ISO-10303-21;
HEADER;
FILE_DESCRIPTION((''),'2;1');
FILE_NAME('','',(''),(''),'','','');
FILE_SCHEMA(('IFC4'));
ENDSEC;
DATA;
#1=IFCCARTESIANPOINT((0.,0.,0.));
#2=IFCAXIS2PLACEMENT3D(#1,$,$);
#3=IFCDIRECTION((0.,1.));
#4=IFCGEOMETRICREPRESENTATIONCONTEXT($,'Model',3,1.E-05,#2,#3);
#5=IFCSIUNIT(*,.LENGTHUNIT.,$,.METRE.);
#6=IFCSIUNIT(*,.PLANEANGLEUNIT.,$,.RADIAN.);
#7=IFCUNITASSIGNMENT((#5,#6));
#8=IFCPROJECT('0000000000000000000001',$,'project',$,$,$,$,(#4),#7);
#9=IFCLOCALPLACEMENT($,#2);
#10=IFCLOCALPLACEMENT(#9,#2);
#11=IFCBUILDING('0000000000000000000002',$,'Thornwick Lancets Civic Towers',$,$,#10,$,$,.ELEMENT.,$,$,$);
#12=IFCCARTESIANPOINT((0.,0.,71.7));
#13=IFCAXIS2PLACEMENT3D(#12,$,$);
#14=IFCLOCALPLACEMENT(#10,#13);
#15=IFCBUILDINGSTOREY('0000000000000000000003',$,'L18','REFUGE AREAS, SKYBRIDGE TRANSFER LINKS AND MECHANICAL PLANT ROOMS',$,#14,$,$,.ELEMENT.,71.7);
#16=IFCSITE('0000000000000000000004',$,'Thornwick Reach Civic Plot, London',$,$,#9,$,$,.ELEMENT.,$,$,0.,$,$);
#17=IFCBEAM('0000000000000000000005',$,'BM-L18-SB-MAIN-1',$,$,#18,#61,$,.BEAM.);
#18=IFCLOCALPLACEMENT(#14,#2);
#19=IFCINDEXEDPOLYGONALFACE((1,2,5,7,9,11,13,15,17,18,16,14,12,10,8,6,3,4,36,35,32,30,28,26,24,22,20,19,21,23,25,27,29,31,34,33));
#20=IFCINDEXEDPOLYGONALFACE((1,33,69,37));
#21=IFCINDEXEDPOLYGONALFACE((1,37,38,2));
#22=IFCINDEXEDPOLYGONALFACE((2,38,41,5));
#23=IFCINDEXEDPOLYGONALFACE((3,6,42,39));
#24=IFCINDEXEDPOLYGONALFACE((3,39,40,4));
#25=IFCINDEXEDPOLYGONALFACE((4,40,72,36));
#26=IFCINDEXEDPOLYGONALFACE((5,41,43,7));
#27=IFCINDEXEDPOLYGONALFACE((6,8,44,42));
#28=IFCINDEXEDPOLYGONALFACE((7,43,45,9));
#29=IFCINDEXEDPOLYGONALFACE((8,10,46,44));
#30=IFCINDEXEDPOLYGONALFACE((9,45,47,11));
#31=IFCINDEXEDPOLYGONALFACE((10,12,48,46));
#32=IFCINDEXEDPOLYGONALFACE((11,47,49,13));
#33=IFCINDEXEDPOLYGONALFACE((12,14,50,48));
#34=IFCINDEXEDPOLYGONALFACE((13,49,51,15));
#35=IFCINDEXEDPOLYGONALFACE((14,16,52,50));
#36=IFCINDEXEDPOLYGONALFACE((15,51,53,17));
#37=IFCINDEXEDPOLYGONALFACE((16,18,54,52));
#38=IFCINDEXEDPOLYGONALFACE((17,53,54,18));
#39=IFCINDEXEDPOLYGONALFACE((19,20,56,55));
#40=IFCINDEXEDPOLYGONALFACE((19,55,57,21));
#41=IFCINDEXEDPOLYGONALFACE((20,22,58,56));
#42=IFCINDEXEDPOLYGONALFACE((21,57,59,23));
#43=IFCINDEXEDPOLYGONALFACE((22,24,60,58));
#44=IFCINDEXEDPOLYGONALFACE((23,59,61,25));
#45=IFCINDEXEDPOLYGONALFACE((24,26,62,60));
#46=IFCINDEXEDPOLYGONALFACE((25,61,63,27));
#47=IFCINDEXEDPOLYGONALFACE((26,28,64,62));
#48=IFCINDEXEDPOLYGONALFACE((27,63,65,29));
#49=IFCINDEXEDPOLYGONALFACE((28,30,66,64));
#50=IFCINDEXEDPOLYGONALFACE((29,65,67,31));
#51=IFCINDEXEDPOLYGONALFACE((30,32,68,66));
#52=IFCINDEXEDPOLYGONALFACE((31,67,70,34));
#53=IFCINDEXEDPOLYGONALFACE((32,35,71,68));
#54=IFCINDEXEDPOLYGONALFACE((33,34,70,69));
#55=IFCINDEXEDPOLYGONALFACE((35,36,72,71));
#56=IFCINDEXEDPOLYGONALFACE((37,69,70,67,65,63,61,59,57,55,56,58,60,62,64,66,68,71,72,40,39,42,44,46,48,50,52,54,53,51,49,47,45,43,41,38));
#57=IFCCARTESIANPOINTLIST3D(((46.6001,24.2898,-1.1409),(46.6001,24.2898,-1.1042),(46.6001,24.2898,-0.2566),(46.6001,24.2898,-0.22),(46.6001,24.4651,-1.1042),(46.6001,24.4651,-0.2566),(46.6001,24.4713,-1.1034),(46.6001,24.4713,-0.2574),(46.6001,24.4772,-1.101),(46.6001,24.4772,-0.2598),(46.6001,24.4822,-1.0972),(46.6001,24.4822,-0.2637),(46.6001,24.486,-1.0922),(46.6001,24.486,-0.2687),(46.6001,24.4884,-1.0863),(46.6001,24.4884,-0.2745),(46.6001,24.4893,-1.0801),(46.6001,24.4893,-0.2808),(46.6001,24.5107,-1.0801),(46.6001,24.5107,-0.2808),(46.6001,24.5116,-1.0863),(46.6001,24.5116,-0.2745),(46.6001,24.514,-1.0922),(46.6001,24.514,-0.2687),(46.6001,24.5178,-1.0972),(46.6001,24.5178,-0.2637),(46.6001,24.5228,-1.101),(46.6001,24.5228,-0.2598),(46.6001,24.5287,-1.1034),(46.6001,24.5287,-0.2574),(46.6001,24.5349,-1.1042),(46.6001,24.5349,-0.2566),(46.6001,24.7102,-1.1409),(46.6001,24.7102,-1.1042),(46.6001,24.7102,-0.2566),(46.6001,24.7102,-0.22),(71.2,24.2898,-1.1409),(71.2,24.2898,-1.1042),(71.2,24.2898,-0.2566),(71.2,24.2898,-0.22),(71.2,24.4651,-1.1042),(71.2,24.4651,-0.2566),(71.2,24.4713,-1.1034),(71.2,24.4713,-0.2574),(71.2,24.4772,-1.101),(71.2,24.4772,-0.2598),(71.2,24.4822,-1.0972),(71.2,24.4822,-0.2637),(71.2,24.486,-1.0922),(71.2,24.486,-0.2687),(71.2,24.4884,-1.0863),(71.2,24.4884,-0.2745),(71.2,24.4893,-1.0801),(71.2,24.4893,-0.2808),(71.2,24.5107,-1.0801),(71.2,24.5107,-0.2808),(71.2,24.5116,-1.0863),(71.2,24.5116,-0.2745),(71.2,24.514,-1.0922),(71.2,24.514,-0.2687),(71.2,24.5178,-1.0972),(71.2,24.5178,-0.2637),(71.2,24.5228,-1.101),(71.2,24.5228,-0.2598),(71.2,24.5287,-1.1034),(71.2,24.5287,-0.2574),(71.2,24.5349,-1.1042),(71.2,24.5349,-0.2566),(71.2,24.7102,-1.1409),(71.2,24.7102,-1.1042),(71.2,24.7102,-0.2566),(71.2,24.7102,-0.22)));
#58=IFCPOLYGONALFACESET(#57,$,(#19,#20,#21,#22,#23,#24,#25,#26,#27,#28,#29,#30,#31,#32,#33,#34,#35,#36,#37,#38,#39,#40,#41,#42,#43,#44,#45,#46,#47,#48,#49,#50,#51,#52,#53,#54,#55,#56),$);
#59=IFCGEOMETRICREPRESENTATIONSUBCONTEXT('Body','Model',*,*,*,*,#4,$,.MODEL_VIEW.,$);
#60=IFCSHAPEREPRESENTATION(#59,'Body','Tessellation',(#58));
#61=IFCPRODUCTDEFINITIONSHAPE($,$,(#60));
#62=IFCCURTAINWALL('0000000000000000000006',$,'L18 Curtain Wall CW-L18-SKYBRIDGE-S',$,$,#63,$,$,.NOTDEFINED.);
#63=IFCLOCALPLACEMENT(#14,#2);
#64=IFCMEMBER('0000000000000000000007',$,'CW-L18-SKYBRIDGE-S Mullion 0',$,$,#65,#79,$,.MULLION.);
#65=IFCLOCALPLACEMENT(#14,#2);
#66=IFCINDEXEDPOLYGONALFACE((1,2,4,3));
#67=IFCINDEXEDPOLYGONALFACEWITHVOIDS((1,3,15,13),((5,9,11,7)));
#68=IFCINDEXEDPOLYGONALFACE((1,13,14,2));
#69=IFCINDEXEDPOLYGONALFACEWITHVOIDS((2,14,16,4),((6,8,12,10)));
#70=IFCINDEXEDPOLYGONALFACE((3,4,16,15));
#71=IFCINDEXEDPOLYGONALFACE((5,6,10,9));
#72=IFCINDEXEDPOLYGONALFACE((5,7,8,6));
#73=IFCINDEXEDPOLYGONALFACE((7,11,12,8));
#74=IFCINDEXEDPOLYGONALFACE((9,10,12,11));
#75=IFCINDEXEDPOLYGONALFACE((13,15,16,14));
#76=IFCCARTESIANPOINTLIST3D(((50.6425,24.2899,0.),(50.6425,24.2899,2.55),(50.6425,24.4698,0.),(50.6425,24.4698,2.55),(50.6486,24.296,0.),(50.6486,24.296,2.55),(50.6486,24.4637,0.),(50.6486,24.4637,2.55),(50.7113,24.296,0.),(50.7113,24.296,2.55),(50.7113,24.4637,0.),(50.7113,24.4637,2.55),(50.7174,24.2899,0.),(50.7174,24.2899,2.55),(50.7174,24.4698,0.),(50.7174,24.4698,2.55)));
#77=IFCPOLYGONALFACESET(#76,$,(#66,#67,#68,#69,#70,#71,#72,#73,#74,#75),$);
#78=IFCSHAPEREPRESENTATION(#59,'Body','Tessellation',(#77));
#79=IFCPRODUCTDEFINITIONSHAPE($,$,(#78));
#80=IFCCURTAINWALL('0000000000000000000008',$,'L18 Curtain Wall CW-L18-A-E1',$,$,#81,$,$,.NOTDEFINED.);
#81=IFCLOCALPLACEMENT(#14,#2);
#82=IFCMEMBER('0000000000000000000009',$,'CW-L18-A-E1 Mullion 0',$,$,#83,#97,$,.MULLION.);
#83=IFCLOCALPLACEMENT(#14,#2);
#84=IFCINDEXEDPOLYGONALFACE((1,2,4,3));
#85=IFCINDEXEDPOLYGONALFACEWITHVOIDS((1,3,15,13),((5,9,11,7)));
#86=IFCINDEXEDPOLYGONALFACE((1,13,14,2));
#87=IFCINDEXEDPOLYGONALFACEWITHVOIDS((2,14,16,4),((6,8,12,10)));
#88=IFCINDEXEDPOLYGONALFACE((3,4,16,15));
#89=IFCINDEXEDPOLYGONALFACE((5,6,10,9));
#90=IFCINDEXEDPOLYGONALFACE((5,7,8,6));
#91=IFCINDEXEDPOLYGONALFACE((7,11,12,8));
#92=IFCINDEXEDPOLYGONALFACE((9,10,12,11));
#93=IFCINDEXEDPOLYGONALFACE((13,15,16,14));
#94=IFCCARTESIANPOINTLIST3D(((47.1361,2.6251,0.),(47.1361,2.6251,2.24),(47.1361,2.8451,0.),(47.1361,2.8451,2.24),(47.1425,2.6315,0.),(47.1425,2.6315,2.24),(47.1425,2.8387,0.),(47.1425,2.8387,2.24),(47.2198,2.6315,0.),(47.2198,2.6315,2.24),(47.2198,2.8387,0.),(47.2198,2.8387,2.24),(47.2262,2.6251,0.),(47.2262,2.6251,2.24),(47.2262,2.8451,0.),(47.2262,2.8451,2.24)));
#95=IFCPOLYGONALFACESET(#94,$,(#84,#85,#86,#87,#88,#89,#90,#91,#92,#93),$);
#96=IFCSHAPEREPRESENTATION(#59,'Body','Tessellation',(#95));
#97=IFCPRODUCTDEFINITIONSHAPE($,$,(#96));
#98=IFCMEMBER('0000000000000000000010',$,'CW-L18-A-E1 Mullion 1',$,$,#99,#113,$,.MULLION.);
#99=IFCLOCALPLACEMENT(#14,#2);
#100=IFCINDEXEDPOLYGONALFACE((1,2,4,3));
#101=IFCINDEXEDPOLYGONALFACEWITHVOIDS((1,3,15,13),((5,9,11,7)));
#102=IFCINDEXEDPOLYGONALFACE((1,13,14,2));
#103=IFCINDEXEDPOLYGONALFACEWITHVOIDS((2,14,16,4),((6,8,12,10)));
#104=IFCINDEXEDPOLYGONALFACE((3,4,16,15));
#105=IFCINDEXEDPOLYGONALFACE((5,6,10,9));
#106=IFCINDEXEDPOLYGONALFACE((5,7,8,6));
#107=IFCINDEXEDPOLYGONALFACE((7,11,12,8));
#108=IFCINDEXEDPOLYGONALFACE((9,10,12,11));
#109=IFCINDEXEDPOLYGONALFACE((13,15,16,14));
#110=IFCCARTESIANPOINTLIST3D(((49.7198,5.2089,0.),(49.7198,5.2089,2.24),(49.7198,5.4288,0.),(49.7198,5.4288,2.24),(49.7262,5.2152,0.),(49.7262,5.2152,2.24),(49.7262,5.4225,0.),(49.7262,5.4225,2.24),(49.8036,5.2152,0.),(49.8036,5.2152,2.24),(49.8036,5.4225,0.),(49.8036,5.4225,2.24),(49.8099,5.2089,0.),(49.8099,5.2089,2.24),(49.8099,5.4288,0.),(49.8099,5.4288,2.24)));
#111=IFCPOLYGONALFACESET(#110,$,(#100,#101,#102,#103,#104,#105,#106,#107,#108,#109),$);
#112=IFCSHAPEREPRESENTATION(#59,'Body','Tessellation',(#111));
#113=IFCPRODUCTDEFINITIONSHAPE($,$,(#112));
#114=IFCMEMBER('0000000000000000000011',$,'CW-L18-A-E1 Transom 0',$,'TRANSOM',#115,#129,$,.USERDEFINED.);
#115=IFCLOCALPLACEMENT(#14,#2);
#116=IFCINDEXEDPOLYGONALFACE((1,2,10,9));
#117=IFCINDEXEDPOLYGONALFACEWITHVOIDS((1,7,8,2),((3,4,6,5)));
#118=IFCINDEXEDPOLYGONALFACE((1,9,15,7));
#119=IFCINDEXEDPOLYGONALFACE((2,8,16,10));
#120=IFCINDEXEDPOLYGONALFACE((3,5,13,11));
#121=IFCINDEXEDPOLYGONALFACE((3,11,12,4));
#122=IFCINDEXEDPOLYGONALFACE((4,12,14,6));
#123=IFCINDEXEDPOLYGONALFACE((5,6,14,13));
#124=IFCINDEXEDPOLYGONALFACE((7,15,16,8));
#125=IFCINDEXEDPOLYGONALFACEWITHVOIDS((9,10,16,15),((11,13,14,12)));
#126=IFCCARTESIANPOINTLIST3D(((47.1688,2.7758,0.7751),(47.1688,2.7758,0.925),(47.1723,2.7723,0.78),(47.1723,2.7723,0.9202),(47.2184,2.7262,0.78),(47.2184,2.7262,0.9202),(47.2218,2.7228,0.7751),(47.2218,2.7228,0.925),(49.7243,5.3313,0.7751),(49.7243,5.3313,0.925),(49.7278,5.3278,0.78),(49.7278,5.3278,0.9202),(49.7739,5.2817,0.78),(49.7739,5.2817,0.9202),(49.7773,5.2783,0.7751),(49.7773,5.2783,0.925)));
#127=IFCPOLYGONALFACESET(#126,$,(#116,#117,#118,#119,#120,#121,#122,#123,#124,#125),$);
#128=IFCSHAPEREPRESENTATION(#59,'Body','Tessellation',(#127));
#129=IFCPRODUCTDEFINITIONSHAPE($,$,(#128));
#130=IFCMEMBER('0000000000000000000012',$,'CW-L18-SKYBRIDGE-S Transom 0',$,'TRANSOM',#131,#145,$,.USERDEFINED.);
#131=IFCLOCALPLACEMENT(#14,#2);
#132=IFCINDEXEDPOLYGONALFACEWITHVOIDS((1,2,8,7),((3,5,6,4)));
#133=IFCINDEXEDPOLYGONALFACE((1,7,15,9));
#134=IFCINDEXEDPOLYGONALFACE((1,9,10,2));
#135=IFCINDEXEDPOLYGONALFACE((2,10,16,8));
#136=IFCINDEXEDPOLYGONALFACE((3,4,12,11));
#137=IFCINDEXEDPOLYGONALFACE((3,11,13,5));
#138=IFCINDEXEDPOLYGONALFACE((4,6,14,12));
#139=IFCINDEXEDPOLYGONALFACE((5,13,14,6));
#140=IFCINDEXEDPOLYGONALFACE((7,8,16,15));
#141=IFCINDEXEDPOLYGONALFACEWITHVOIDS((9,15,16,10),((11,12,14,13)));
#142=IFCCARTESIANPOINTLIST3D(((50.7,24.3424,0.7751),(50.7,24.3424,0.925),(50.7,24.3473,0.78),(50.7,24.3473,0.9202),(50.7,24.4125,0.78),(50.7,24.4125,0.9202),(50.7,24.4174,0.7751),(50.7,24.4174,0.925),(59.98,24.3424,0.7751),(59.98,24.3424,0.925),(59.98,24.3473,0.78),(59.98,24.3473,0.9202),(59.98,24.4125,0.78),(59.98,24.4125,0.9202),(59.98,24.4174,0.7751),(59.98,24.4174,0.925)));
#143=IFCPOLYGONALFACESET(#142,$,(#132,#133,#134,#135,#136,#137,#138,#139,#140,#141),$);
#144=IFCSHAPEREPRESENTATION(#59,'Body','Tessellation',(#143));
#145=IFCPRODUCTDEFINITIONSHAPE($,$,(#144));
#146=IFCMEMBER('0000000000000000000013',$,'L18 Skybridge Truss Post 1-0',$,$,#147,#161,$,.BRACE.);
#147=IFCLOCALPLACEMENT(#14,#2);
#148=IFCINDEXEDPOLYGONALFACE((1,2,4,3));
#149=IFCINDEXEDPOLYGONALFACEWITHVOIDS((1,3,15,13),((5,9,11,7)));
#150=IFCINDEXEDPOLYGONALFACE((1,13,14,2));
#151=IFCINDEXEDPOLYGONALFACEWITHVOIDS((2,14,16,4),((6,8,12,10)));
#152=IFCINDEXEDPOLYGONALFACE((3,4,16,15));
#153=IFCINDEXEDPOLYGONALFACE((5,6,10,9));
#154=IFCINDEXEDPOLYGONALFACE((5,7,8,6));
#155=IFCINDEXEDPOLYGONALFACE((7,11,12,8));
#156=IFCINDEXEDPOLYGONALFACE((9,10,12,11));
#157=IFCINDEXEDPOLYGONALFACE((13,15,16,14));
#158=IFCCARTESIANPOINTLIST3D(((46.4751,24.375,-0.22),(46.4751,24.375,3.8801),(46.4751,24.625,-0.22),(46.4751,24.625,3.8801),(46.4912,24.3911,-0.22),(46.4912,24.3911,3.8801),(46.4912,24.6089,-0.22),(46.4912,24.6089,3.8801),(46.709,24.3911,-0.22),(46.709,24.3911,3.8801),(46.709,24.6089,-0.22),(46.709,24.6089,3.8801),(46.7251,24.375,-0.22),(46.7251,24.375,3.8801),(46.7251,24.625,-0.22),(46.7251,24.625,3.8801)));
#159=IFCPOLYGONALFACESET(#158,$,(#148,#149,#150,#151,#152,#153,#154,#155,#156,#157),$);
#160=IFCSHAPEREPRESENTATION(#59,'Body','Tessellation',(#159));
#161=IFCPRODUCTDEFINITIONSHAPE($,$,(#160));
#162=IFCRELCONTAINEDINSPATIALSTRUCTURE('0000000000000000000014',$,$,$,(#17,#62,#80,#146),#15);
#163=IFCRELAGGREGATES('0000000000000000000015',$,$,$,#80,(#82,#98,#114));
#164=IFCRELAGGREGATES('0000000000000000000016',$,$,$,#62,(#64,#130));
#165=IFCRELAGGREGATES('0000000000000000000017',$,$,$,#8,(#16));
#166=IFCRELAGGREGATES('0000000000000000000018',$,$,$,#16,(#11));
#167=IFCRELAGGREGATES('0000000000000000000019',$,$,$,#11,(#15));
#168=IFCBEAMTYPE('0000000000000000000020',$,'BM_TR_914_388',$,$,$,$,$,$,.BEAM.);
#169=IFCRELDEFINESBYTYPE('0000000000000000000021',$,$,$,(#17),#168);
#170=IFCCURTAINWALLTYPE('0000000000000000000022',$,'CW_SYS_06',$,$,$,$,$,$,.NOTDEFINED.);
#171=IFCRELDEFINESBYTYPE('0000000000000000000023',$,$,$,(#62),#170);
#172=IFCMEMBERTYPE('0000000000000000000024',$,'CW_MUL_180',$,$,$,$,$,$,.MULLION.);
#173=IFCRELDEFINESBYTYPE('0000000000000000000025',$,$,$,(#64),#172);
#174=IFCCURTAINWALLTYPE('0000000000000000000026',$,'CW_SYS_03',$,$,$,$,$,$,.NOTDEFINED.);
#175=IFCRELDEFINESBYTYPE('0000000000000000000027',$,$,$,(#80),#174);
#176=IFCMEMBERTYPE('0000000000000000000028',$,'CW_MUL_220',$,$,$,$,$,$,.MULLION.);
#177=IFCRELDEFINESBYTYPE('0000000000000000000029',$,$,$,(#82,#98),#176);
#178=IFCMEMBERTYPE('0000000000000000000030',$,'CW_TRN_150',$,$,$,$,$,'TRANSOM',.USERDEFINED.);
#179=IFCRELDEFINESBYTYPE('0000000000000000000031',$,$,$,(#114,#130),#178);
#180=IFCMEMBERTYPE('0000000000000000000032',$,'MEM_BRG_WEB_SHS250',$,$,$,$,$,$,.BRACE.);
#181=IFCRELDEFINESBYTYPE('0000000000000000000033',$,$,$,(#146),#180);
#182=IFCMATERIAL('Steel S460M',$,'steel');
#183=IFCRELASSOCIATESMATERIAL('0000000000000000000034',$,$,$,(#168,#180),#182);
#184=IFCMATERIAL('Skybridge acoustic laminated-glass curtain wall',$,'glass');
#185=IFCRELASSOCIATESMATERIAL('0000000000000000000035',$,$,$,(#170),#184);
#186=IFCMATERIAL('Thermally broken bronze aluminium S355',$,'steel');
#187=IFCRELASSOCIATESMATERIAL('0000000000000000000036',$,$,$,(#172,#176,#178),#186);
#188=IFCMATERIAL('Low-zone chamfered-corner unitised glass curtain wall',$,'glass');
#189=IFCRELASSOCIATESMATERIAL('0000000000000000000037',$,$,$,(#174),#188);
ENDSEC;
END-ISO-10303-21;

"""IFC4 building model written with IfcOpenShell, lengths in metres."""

from ifc_helpers import new_model, si_unit, direction, frame, origin, origin_2d, place, context, subcontext, project, spatial, hollow_rectangle, i_section, extrude, material, material_profile, profile_set, type_object, element, aggregate, save


model = new_model("IFC4")

# Units and contexts
model_context = context("Model", 3, precision=1e-05, world=origin(), true_north=direction((0.0, 1.0)))
body_context = subcontext(model_context, "Body", "Model", "MODEL_VIEW")
ifc_project = project(units=[si_unit("LENGTHUNIT", "METRE"), si_unit("PLANEANGLEUNIT", "RADIAN")], contexts=[model_context])

# Site, building, storey
site_placement = place(None, origin())
site = spatial("IfcSite", under=ifc_project, at=site_placement, Name="Thornwick Reach Civic Plot, London", CompositionType="ELEMENT", RefElevation=0.0)
building_placement = place(site_placement, origin())
building = spatial("IfcBuilding", under=site, at=building_placement, Name="Thornwick Lancets Civic Towers", CompositionType="ELEMENT")
storey_placement = place(building_placement, frame((0.0, 0.0, 71.7)))
storey = spatial("IfcBuildingStorey", under=building, at=storey_placement, Name="L18", Description="REFUGE AREAS, SKYBRIDGE TRANSFER LINKS AND MECHANICAL PLANT ROOMS", CompositionType="ELEMENT", Elevation=71.7)

# Shared definitions
ifc_material_1 = material(Name="Steel S460M", Category="steel")

# Beam
ifc_material_profile_1 = material_profile(ifc_material_1, i_section(OverallWidth=0.4204, OverallDepth=0.9209, WebThickness=0.0215, FlangeThickness=0.0366, FilletRadius=0.0242, at=origin_2d()), Name="UKB 914x419x388")
ifc_profile_set_1 = profile_set([ifc_material_profile_1], Name="Steel S460M")
beam_type_1 = type_object("IfcBeamType", Name="BM_TR_914_388", PredefinedType="BEAM", material=ifc_profile_set_1)
beam_1_placement = place(storey_placement, frame((46.6001, 24.5, -0.6804), z_axis=(1.0, 0.0, 0.0), x_axis=(0.0, 1.0, 0.0)))
element("IfcBeam", 1, at=beam_1_placement, inside=storey, type_object=beam_type_1, Name="BM-L18-SB-MAIN-1", PredefinedType="BEAM", context=body_context, shape_type="SweptSolid", body=[
    extrude(i_section(OverallWidth=0.4204, OverallDepth=0.9209, WebThickness=0.0215, FlangeThickness=0.0366, FilletRadius=0.0242, at=origin_2d()), origin(), (0.0, 0.0, 1.0), 24.5999),
])

# Curtain wall, member
ifc_material_2 = material(Name="Skybridge acoustic laminated-glass curtain wall", Category="glass")
curtain_wall_type_1 = type_object("IfcCurtainWallType", Name="CW_SYS_06", PredefinedType="NOTDEFINED", material=ifc_material_2)
curtain_wall_1_placement = place(storey_placement, origin())
curtain_wall_1 = element("IfcCurtainWall", 2, at=curtain_wall_1_placement, inside=storey, type_object=curtain_wall_type_1, Name="L18 Curtain Wall CW-L18-SKYBRIDGE-S", PredefinedType="NOTDEFINED")
ifc_material_3 = material(Name="Thermally broken bronze aluminium S355", Category="steel")
ifc_material_profile_2 = material_profile(ifc_material_3, hollow_rectangle(XDim=0.075, YDim=0.1799, WallThickness=0.0061, at=origin_2d()), Name="RHS 180x75x6")
ifc_profile_set_2 = profile_set([ifc_material_profile_2], Name="Thermally broken bronze aluminium S355")
member_type_1 = type_object("IfcMemberType", Name="CW_MUL_180", PredefinedType="MULLION", material=ifc_profile_set_2)
member_1_placement = place(storey_placement, frame((50.6799, 24.3799, 0.0), z_axis=(0.0, 0.0, 1.0), x_axis=(1.0, 0.0, 0.0)))
member_1 = element("IfcMember", 3, at=member_1_placement, type_object=member_type_1, Name="CW-L18-SKYBRIDGE-S Mullion 0", PredefinedType="MULLION", context=body_context, shape_type="SweptSolid", body=[
    extrude(hollow_rectangle(XDim=0.075, YDim=0.1799, WallThickness=0.0061, at=origin_2d()), origin(), (0.0, 0.0, 1.0), 2.55),
])

# Curtain wall, members
ifc_material_4 = material(Name="Low-zone chamfered-corner unitised glass curtain wall", Category="glass")
curtain_wall_type_2 = type_object("IfcCurtainWallType", Name="CW_SYS_03", PredefinedType="NOTDEFINED", material=ifc_material_4)
curtain_wall_2_placement = place(storey_placement, origin())
curtain_wall_2 = element("IfcCurtainWall", 4, at=curtain_wall_2_placement, inside=storey, type_object=curtain_wall_type_2, Name="L18 Curtain Wall CW-L18-A-E1", PredefinedType="NOTDEFINED")
ifc_material_profile_3 = material_profile(ifc_material_3, hollow_rectangle(XDim=0.0901, YDim=0.22, WallThickness=0.0063, at=origin_2d()), Name="RHS 220x90x6.3")
ifc_profile_set_3 = profile_set([ifc_material_profile_3], Name="Thermally broken bronze aluminium S355")
member_type_2 = type_object("IfcMemberType", Name="CW_MUL_220", PredefinedType="MULLION", material=ifc_profile_set_3)
member_2_placement = place(storey_placement, frame((47.1812, 2.7351, 0.0), z_axis=(0.0, 0.0, 1.0), x_axis=(1.0, 0.0, 0.0)))
member_2 = element("IfcMember", 5, at=member_2_placement, type_object=member_type_2, Name="CW-L18-A-E1 Mullion 0", PredefinedType="MULLION", context=body_context, shape_type="SweptSolid", body=[
    extrude(hollow_rectangle(XDim=0.0901, YDim=0.22, WallThickness=0.0063, at=origin_2d()), origin(), (0.0, 0.0, 1.0), 2.24),
])
member_3_placement = place(storey_placement, frame((49.7649, 5.3188, 0.0), z_axis=(0.0, 0.0, 1.0), x_axis=(1.0, 0.0, 0.0)))
member_3 = element("IfcMember", 6, at=member_3_placement, type_object=member_type_2, Name="CW-L18-A-E1 Mullion 1", PredefinedType="MULLION", context=body_context, shape_type="SweptSolid", body=[
    extrude(hollow_rectangle(XDim=0.0901, YDim=0.22, WallThickness=0.0063, at=origin_2d()), origin(), (0.0, 0.0, 1.0), 2.24),
])
ifc_material_profile_4 = material_profile(ifc_material_3, hollow_rectangle(XDim=0.075, YDim=0.1499, WallThickness=0.0049, at=origin_2d()), Name="RHS 150x75x5")
ifc_profile_set_4 = profile_set([ifc_material_profile_4], Name="Thermally broken bronze aluminium S355")
member_type_3 = type_object("IfcMemberType", Name="CW_TRN_150", ElementType="TRANSOM", PredefinedType="USERDEFINED", material=ifc_profile_set_4)
member_4_placement = place(storey_placement, frame((47.1953, 2.7493, 0.8501), z_axis=(0.707107, 0.707107, 0.0), x_axis=(-0.707107, 0.707107, 0.0)))
member_4 = element("IfcMember", 7, at=member_4_placement, type_object=member_type_3, Name="CW-L18-A-E1 Transom 0", ObjectType="TRANSOM", PredefinedType="USERDEFINED", context=body_context, shape_type="SweptSolid", body=[
    extrude(hollow_rectangle(XDim=0.075, YDim=0.1499, WallThickness=0.0049, at=origin_2d()), origin(), (0.0, 0.0, 1.0), 3.614),
])

# Member
member_5_placement = place(storey_placement, frame((50.7, 24.3799, 0.8501), z_axis=(1.0, 0.0, 0.0), x_axis=(0.0, 1.0, 0.0)))
member_5 = element("IfcMember", 8, at=member_5_placement, type_object=member_type_3, Name="CW-L18-SKYBRIDGE-S Transom 0", ObjectType="TRANSOM", PredefinedType="USERDEFINED", context=body_context, shape_type="SweptSolid", body=[
    extrude(hollow_rectangle(XDim=0.075, YDim=0.1499, WallThickness=0.0049, at=origin_2d()), origin(), (0.0, 0.0, 1.0), 9.28),
])

# Member
ifc_material_profile_5 = material_profile(ifc_material_1, hollow_rectangle(XDim=0.25, YDim=0.25, WallThickness=0.0161, at=origin_2d()), Name="SHS 250x250x16")
ifc_profile_set_5 = profile_set([ifc_material_profile_5], Name="Steel S460M")
member_type_4 = type_object("IfcMemberType", Name="MEM_BRG_WEB_SHS250", PredefinedType="BRACE", material=ifc_profile_set_5)
member_6_placement = place(storey_placement, frame((46.6001, 24.5, -0.22), z_axis=(0.0, 0.0, 1.0), x_axis=(1.0, 0.0, 0.0)))
element("IfcMember", 9, at=member_6_placement, inside=storey, type_object=member_type_4, Name="L18 Skybridge Truss Post 1-0", PredefinedType="BRACE", context=body_context, shape_type="SweptSolid", body=[
    extrude(hollow_rectangle(XDim=0.25, YDim=0.25, WallThickness=0.0161, at=origin_2d()), origin(), (0.0, 0.0, 1.0), 4.1001),
])

aggregate(curtain_wall_2, [member_2, member_3, member_4])
aggregate(curtain_wall_1, [member_1, member_5])

save(model, "model.ifc")
